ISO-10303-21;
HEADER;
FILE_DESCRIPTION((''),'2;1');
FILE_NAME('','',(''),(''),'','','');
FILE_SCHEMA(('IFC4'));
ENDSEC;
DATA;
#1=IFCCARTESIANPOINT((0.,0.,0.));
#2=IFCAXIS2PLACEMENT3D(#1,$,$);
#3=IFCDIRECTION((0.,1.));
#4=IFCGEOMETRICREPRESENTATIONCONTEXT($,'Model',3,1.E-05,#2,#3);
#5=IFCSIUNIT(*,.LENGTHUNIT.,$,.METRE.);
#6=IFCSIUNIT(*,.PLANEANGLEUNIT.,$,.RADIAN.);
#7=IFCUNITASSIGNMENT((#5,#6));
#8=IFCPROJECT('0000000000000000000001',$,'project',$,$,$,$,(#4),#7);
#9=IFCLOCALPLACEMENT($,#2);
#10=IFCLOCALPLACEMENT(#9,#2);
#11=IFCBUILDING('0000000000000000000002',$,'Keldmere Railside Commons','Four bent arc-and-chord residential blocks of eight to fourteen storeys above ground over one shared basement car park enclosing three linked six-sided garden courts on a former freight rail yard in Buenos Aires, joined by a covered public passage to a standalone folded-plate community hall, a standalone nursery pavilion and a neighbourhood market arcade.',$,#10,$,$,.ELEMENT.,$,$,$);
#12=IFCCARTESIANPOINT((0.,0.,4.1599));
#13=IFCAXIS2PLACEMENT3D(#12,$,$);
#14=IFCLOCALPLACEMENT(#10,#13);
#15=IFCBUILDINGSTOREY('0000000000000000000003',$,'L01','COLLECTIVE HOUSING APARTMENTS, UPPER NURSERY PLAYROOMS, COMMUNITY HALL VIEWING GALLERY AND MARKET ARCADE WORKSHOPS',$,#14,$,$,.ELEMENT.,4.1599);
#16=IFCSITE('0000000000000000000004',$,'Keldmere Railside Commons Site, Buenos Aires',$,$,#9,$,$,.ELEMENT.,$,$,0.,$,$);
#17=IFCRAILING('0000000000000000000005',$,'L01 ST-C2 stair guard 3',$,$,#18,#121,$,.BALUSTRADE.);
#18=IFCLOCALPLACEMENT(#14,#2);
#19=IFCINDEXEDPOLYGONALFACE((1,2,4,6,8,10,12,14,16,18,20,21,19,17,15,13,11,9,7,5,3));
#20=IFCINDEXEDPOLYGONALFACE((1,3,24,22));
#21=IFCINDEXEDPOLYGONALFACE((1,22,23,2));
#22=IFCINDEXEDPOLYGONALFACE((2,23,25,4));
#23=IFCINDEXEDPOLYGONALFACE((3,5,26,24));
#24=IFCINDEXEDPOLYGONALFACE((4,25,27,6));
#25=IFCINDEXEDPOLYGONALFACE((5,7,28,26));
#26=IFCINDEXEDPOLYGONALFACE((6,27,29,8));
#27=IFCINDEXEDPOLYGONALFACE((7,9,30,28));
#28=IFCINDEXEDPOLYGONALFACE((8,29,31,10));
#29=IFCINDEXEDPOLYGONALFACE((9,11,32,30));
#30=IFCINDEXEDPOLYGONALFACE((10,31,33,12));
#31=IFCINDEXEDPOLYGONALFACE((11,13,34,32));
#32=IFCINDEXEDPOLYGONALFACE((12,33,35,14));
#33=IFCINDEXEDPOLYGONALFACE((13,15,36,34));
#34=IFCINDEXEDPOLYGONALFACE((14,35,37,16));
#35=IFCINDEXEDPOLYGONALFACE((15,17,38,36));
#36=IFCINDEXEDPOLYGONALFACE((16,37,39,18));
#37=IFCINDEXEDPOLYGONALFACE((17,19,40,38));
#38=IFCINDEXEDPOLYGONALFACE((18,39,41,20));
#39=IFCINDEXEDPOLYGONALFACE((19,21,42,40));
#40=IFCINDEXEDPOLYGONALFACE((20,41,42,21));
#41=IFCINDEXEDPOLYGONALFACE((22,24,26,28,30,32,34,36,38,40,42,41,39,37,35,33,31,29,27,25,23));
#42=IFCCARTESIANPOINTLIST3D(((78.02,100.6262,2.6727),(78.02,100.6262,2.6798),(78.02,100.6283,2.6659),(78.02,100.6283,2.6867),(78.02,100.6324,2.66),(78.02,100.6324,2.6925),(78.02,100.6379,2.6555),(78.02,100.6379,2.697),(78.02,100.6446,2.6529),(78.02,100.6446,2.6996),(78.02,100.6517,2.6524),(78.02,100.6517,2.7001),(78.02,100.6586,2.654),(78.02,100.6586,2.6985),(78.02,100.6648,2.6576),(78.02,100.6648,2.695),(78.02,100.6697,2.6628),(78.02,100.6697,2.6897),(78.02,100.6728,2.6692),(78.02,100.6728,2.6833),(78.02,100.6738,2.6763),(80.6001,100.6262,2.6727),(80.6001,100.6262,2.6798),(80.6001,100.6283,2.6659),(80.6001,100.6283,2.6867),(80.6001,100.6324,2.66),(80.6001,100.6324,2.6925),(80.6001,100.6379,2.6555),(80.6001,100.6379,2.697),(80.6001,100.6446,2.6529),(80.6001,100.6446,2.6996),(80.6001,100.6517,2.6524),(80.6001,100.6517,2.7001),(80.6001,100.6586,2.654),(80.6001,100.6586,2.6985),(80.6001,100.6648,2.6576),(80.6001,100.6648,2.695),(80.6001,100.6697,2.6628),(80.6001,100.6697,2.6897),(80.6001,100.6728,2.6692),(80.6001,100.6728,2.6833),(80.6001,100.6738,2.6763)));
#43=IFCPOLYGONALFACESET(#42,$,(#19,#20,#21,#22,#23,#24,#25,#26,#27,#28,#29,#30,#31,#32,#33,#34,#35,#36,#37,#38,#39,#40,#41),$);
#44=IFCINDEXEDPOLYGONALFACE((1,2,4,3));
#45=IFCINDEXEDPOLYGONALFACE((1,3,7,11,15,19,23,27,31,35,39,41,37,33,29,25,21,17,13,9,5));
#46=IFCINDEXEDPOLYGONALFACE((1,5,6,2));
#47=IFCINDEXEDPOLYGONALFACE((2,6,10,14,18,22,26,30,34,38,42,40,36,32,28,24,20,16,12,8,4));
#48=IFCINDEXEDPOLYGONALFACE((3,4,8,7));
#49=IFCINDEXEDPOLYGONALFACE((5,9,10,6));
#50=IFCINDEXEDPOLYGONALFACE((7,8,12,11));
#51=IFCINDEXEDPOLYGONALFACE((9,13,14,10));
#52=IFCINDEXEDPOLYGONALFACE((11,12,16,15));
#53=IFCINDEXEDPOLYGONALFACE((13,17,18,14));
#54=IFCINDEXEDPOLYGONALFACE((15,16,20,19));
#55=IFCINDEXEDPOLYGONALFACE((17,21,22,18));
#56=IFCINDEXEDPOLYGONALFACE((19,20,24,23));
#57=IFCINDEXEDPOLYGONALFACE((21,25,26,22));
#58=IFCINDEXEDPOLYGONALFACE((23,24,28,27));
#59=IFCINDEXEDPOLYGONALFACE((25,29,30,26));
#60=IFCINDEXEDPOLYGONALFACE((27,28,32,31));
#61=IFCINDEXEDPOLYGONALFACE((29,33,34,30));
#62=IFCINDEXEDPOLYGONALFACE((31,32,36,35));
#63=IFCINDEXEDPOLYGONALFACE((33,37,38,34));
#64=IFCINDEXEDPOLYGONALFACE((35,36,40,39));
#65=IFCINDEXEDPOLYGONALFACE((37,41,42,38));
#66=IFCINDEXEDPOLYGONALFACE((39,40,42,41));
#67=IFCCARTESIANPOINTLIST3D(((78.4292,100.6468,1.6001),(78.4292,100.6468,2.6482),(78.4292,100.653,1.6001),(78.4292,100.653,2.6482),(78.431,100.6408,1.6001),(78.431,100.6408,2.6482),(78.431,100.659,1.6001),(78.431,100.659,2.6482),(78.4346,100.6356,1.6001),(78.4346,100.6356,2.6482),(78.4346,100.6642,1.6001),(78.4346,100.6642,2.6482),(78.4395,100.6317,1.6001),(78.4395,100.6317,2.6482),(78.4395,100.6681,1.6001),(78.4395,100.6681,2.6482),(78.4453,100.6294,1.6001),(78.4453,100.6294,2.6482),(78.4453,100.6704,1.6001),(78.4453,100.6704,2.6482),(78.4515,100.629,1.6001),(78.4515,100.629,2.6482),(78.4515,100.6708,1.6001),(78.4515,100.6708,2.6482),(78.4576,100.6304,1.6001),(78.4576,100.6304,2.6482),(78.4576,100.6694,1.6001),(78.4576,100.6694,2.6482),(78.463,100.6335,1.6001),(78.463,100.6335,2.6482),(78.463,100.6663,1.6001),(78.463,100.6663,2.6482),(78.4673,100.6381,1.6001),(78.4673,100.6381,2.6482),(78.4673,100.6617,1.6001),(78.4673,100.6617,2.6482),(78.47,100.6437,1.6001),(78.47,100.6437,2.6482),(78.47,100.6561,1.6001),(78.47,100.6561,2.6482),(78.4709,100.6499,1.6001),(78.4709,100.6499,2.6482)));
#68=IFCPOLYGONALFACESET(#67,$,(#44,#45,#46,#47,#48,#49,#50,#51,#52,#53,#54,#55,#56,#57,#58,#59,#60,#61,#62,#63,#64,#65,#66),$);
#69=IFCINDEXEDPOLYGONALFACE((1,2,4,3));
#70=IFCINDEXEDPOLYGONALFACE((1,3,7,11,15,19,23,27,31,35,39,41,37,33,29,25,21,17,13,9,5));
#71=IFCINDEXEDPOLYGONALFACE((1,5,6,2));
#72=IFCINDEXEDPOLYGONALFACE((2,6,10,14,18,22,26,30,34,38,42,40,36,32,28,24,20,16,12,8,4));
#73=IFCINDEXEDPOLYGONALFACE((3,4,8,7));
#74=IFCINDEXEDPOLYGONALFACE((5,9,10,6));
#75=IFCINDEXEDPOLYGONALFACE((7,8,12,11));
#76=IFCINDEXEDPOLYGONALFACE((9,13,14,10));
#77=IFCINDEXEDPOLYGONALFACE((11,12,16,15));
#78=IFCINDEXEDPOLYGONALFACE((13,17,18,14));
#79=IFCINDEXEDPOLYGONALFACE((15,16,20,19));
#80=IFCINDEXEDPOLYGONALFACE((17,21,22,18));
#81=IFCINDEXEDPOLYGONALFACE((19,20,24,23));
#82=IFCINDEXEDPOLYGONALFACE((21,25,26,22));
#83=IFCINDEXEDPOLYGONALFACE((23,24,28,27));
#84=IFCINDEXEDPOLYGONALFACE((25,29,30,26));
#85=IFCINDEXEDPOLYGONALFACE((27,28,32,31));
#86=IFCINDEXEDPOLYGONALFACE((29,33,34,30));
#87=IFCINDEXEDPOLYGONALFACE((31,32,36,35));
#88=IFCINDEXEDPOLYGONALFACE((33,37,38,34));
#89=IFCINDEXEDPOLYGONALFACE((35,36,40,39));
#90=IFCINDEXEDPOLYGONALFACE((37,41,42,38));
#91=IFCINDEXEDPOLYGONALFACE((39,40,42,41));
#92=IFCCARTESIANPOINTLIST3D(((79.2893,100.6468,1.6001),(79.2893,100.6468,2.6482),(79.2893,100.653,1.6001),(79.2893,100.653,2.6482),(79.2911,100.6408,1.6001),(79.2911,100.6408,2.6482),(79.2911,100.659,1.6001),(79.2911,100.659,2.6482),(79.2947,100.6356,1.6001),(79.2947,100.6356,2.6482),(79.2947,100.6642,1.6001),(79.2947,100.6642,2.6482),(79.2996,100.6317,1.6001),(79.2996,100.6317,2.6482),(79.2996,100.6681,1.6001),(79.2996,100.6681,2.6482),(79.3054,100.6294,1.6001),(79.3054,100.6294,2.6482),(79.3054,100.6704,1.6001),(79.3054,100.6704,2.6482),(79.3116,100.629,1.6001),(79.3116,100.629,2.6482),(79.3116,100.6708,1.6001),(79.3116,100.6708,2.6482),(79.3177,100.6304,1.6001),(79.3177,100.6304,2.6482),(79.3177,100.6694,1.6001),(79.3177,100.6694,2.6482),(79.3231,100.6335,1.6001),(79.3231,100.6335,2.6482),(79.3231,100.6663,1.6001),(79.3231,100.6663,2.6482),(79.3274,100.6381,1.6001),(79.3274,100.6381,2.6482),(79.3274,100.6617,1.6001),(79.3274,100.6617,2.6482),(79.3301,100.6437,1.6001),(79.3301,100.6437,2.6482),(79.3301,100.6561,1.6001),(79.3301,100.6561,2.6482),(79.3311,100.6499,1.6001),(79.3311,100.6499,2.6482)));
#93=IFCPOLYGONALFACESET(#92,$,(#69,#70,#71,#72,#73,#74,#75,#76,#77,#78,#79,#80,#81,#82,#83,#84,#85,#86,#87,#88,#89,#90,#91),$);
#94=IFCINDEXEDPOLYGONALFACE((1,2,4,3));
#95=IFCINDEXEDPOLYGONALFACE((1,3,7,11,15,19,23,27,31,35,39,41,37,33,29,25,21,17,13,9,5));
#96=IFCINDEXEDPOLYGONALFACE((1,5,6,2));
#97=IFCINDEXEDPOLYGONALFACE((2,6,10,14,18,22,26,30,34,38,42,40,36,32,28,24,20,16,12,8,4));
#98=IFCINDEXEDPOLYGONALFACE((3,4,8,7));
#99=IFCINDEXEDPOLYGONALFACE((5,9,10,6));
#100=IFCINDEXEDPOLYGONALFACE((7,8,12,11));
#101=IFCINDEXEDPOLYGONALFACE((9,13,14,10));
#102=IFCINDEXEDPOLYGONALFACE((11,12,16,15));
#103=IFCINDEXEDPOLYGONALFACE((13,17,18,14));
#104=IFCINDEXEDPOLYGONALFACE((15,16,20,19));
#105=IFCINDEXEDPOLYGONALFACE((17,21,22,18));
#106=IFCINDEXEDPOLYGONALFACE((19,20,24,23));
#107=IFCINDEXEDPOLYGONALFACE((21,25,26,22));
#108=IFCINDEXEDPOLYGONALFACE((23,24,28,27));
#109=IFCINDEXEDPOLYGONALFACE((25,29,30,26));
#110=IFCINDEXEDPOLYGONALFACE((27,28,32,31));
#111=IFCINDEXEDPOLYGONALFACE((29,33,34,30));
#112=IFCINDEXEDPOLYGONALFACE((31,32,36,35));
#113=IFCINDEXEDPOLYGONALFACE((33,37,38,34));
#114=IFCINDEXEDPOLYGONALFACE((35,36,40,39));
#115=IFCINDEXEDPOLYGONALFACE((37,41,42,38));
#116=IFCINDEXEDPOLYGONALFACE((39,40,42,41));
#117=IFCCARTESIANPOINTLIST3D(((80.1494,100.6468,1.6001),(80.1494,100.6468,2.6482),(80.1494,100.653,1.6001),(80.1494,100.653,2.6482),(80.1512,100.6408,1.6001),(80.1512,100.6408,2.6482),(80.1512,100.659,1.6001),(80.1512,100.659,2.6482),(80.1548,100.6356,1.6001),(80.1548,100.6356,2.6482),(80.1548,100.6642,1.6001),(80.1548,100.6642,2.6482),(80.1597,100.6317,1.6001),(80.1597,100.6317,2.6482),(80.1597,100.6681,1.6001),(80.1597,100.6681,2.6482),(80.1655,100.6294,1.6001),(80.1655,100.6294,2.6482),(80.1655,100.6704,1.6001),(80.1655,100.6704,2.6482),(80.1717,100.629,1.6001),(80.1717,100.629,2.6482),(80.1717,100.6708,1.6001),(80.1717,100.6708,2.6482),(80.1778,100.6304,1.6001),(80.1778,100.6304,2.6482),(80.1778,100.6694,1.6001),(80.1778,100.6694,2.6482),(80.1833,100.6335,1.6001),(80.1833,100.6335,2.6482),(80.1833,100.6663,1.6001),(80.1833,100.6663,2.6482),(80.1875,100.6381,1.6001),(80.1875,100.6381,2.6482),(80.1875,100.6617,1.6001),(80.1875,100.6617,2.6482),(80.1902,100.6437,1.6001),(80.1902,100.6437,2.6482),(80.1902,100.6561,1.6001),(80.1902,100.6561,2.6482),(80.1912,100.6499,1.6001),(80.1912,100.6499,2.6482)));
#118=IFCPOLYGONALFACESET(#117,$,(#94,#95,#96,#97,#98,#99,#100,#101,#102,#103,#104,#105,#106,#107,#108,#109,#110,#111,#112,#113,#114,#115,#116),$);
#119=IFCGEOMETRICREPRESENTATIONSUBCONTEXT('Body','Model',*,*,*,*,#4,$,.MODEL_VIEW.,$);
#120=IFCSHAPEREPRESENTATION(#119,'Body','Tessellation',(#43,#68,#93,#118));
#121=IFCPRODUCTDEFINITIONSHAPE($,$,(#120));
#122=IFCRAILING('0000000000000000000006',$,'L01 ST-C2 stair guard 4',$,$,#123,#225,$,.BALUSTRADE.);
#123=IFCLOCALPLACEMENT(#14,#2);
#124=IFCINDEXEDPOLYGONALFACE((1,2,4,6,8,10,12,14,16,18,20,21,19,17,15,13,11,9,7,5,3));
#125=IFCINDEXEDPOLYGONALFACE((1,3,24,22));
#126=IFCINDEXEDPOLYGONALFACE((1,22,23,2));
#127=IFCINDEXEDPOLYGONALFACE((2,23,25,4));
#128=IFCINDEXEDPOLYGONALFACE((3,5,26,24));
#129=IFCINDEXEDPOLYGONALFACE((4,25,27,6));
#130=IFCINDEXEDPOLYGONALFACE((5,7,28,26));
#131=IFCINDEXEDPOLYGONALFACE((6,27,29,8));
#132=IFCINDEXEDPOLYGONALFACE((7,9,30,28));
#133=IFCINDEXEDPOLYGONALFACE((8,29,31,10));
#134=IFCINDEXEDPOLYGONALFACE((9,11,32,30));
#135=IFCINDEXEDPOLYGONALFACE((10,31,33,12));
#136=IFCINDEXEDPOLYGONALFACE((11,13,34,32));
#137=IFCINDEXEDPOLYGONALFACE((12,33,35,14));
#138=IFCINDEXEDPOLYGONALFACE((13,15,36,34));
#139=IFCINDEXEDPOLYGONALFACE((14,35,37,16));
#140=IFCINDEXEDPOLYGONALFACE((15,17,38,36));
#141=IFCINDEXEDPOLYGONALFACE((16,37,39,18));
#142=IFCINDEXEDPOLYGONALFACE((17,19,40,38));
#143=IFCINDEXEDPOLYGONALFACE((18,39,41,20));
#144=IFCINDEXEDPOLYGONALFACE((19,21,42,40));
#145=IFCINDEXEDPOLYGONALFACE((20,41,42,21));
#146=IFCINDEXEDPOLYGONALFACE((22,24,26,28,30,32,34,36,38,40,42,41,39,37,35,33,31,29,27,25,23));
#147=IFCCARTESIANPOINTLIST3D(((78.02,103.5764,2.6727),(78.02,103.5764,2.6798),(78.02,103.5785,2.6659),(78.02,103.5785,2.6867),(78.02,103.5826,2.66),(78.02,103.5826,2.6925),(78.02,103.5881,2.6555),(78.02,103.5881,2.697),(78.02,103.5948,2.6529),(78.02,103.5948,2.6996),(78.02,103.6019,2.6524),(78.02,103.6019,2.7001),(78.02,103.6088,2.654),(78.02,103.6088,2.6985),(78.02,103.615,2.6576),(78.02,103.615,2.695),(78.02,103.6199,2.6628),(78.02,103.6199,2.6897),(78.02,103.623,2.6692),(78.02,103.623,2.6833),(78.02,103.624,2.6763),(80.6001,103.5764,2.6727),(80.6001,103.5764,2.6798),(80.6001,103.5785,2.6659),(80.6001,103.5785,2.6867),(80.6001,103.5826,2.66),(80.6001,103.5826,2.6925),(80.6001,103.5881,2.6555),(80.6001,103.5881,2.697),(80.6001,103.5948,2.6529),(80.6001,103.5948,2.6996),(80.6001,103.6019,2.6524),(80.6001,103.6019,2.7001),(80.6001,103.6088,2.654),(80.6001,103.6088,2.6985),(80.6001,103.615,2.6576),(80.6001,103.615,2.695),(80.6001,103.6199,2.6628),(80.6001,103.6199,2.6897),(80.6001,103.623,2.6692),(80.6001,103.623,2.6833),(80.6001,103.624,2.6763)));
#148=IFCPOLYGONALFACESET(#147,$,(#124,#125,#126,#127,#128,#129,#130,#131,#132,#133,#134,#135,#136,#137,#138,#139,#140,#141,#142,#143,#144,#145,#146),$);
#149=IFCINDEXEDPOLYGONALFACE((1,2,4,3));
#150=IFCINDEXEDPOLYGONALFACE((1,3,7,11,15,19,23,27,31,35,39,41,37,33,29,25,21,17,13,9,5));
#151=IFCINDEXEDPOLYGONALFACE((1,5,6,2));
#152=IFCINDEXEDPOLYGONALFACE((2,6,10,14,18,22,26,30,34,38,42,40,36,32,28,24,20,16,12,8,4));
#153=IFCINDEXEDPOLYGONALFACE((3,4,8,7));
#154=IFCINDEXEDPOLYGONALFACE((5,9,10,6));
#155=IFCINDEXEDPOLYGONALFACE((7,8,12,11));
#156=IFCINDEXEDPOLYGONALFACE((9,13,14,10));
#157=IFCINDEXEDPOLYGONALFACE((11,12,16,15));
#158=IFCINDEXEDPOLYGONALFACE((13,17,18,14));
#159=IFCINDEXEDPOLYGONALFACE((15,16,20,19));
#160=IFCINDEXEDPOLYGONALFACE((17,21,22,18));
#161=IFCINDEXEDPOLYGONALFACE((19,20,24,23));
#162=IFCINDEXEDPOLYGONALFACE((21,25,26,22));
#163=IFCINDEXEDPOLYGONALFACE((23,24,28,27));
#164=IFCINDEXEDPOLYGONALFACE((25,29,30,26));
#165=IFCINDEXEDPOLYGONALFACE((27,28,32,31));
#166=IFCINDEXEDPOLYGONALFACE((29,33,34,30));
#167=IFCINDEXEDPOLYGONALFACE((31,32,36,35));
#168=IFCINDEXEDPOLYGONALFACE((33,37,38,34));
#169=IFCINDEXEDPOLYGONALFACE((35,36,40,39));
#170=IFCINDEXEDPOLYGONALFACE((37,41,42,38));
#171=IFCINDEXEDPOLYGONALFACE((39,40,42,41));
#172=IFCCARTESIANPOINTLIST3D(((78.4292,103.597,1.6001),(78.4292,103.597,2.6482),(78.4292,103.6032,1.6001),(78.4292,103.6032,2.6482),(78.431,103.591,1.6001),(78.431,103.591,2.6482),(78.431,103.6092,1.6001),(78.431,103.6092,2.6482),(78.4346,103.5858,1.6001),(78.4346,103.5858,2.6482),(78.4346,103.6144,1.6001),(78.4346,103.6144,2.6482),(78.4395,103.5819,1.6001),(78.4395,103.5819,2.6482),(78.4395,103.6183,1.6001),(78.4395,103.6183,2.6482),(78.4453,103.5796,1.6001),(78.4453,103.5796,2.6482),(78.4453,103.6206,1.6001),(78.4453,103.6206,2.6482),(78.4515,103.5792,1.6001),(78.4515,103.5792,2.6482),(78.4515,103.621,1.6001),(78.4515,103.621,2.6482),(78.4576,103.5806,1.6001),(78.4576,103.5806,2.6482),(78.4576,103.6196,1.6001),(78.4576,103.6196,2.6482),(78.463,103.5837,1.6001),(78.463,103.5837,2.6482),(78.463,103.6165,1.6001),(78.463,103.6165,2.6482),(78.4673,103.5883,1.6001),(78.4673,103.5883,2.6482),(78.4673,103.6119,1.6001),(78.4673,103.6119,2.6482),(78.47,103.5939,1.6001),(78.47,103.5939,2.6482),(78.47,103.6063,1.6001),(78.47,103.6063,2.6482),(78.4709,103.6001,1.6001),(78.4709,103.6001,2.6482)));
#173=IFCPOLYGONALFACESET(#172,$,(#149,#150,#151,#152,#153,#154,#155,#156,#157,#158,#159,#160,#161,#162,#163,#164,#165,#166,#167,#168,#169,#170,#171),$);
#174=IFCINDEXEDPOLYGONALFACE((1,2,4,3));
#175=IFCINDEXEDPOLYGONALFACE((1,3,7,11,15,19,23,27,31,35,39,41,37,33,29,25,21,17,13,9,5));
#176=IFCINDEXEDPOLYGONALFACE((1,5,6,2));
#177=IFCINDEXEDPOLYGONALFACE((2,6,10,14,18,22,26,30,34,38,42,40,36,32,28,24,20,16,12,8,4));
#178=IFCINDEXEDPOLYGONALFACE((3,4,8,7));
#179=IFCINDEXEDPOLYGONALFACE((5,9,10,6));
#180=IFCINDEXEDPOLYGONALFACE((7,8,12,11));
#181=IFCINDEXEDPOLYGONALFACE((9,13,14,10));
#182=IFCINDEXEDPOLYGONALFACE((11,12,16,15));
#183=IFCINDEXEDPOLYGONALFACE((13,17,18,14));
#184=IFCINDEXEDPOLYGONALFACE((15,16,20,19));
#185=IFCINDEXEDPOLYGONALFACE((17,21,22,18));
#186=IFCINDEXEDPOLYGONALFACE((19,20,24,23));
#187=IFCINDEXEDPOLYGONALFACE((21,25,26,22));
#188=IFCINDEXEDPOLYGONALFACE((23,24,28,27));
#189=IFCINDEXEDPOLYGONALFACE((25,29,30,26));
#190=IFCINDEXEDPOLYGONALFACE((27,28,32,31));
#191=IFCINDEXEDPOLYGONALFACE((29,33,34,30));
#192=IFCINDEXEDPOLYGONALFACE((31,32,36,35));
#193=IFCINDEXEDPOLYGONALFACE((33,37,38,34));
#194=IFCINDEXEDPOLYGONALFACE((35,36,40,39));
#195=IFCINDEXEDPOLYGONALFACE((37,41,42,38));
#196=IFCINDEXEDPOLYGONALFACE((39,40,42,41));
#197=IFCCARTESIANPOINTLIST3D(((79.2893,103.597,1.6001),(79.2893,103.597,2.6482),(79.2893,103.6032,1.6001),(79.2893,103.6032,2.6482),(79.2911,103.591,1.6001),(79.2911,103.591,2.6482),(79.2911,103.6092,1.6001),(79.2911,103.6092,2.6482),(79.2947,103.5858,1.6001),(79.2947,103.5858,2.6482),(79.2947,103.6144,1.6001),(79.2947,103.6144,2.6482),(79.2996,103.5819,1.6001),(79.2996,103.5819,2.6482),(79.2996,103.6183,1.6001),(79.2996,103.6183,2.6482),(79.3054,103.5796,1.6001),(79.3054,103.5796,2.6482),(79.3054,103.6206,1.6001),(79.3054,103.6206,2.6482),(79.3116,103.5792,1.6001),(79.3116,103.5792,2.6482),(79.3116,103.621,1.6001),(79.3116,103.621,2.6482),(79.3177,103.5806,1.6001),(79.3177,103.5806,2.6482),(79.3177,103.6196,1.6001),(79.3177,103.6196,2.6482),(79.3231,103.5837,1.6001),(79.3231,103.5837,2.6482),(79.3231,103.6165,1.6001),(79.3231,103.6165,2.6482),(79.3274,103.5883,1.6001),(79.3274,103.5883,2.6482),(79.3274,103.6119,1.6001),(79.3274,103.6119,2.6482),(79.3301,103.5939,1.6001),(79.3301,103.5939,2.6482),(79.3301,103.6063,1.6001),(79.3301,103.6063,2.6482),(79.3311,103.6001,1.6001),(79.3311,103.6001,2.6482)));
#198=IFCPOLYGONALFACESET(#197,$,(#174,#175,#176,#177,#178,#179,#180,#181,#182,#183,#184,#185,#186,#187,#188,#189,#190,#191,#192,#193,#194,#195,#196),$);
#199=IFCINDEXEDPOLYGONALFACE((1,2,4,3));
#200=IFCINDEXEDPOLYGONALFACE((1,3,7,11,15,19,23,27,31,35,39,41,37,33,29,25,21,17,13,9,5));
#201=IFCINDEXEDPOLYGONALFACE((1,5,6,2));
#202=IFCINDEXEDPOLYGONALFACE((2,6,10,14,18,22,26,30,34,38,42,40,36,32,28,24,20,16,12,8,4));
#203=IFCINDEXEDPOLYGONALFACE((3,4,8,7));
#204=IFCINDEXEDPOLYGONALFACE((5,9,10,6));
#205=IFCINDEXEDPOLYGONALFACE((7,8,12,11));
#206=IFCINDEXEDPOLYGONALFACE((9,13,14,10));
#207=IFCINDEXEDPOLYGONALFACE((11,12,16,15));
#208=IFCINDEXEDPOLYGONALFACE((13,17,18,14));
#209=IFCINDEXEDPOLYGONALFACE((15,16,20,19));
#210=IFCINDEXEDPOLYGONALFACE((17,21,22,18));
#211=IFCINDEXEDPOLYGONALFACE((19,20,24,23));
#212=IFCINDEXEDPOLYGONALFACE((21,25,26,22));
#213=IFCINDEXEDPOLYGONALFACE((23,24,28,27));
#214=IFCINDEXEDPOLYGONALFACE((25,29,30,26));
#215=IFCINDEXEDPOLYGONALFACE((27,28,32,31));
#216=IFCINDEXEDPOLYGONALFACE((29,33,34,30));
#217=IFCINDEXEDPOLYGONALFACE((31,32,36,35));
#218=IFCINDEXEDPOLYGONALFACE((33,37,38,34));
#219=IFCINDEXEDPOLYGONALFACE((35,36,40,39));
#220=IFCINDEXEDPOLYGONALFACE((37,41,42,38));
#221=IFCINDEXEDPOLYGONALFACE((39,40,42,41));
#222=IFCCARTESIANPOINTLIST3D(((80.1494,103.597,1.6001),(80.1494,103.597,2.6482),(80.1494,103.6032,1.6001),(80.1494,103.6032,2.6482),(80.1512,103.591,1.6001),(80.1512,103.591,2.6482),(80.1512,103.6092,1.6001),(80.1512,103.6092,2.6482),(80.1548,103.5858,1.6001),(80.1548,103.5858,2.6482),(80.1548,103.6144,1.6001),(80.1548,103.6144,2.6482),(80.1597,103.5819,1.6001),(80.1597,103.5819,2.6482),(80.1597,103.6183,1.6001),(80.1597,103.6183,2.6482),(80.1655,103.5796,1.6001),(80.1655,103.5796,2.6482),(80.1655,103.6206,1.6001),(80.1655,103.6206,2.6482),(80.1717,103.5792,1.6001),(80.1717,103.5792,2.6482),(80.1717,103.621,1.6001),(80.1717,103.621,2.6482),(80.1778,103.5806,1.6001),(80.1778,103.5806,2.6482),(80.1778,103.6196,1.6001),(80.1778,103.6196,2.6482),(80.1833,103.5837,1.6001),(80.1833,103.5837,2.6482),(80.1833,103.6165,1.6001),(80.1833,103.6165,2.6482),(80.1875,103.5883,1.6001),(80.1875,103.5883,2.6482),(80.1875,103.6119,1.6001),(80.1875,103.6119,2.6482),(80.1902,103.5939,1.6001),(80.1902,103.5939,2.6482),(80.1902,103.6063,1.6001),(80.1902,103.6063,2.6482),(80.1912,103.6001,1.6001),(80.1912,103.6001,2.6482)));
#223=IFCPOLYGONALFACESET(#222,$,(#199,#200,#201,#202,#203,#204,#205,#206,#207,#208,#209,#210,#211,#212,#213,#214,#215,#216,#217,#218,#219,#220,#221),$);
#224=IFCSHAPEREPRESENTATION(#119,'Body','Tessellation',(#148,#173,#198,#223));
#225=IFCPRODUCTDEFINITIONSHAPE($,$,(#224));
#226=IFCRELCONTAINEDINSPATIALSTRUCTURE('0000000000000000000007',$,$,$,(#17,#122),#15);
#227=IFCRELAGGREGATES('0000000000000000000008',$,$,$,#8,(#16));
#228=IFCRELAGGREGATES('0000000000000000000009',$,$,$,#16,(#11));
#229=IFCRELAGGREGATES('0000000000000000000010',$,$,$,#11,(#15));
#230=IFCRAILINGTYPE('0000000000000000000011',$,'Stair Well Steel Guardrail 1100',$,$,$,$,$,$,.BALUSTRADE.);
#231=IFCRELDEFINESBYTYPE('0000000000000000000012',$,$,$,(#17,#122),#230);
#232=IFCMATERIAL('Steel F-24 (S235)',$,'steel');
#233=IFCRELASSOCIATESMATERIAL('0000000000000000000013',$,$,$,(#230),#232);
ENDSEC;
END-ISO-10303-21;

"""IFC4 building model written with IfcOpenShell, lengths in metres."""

from ifc_helpers import new_model, si_unit, direction, frame, origin, origin_2d, place, context, subcontext, project, spatial, circle, extrude, material, type_object, element, save


model = new_model("IFC4")

# Units and contexts
model_context = context("Model", 3, precision=1e-05, world=origin(), true_north=direction((0.0, 1.0)))
body_context = subcontext(model_context, "Body", "Model", "MODEL_VIEW")
ifc_project = project(units=[si_unit("LENGTHUNIT", "METRE"), si_unit("PLANEANGLEUNIT", "RADIAN")], contexts=[model_context])

# Site, building, storey
site_placement = place(None, origin())
site = spatial("IfcSite", under=ifc_project, at=site_placement, Name="Keldmere Railside Commons Site, Buenos Aires", CompositionType="ELEMENT", RefElevation=0.0)
building_placement = place(site_placement, origin())
building = spatial("IfcBuilding", under=site, at=building_placement, Name="Keldmere Railside Commons", Description="Four bent arc-and-chord residential blocks of eight to fourteen storeys above ground over one shared basement car park enclosing three linked six-sided garden courts on a former freight rail yard in Buenos Aires, joined by a covered public passage to a standalone folded-plate community hall, a standalone nursery pavilion and a neighbourhood market arcade.", CompositionType="ELEMENT")
storey_placement = place(building_placement, frame((0.0, 0.0, 4.1599)))
storey = spatial("IfcBuildingStorey", under=building, at=storey_placement, Name="L01", Description="COLLECTIVE HOUSING APARTMENTS, UPPER NURSERY PLAYROOMS, COMMUNITY HALL VIEWING GALLERY AND MARKET ARCADE WORKSHOPS", CompositionType="ELEMENT", Elevation=4.1599)

# Railings
ifc_material_1 = material(Name="Steel F-24 (S235)", Category="steel")
railing_type_1 = type_object("IfcRailingType", Name="Stair Well Steel Guardrail 1100", PredefinedType="BALUSTRADE", material=ifc_material_1)
for number, where, name in (
    (1, (78.02, 100.6499, 1.6001), "L01 ST-C2 stair guard 3"),
    (2, (78.02, 103.6001, 1.6001), "L01 ST-C2 stair guard 4"),
):
    element("IfcRailing", number, at=place(storey_placement, frame(where)), inside=storey, type_object=railing_type_1, Name=name, PredefinedType="BALUSTRADE", context=body_context, shape_type="SweptSolid", body=[
        extrude(circle(Radius=0.0239, at=origin_2d()), frame((0.0, 0.0, 1.0762), z_axis=(1.0, 0.0, 0.0), x_axis=(0.0, 1.0, 0.0)), (0.0, 0.0, 1.0), 2.5801),
        extrude(circle(Radius=0.021, at=origin_2d()), frame((0.4299, 0.0, 0.0)), (0.0, 0.0, 1.0), 1.0481),
        extrude(circle(Radius=0.021, at=origin_2d()), frame((1.29, 0.0, 0.0)), (0.0, 0.0, 1.0), 1.0481),
        extrude(circle(Radius=0.021, at=origin_2d()), frame((2.1501, 0.0, 0.0)), (0.0, 0.0, 1.0), 1.0481),
    ])

save(model, "model.ifc")
